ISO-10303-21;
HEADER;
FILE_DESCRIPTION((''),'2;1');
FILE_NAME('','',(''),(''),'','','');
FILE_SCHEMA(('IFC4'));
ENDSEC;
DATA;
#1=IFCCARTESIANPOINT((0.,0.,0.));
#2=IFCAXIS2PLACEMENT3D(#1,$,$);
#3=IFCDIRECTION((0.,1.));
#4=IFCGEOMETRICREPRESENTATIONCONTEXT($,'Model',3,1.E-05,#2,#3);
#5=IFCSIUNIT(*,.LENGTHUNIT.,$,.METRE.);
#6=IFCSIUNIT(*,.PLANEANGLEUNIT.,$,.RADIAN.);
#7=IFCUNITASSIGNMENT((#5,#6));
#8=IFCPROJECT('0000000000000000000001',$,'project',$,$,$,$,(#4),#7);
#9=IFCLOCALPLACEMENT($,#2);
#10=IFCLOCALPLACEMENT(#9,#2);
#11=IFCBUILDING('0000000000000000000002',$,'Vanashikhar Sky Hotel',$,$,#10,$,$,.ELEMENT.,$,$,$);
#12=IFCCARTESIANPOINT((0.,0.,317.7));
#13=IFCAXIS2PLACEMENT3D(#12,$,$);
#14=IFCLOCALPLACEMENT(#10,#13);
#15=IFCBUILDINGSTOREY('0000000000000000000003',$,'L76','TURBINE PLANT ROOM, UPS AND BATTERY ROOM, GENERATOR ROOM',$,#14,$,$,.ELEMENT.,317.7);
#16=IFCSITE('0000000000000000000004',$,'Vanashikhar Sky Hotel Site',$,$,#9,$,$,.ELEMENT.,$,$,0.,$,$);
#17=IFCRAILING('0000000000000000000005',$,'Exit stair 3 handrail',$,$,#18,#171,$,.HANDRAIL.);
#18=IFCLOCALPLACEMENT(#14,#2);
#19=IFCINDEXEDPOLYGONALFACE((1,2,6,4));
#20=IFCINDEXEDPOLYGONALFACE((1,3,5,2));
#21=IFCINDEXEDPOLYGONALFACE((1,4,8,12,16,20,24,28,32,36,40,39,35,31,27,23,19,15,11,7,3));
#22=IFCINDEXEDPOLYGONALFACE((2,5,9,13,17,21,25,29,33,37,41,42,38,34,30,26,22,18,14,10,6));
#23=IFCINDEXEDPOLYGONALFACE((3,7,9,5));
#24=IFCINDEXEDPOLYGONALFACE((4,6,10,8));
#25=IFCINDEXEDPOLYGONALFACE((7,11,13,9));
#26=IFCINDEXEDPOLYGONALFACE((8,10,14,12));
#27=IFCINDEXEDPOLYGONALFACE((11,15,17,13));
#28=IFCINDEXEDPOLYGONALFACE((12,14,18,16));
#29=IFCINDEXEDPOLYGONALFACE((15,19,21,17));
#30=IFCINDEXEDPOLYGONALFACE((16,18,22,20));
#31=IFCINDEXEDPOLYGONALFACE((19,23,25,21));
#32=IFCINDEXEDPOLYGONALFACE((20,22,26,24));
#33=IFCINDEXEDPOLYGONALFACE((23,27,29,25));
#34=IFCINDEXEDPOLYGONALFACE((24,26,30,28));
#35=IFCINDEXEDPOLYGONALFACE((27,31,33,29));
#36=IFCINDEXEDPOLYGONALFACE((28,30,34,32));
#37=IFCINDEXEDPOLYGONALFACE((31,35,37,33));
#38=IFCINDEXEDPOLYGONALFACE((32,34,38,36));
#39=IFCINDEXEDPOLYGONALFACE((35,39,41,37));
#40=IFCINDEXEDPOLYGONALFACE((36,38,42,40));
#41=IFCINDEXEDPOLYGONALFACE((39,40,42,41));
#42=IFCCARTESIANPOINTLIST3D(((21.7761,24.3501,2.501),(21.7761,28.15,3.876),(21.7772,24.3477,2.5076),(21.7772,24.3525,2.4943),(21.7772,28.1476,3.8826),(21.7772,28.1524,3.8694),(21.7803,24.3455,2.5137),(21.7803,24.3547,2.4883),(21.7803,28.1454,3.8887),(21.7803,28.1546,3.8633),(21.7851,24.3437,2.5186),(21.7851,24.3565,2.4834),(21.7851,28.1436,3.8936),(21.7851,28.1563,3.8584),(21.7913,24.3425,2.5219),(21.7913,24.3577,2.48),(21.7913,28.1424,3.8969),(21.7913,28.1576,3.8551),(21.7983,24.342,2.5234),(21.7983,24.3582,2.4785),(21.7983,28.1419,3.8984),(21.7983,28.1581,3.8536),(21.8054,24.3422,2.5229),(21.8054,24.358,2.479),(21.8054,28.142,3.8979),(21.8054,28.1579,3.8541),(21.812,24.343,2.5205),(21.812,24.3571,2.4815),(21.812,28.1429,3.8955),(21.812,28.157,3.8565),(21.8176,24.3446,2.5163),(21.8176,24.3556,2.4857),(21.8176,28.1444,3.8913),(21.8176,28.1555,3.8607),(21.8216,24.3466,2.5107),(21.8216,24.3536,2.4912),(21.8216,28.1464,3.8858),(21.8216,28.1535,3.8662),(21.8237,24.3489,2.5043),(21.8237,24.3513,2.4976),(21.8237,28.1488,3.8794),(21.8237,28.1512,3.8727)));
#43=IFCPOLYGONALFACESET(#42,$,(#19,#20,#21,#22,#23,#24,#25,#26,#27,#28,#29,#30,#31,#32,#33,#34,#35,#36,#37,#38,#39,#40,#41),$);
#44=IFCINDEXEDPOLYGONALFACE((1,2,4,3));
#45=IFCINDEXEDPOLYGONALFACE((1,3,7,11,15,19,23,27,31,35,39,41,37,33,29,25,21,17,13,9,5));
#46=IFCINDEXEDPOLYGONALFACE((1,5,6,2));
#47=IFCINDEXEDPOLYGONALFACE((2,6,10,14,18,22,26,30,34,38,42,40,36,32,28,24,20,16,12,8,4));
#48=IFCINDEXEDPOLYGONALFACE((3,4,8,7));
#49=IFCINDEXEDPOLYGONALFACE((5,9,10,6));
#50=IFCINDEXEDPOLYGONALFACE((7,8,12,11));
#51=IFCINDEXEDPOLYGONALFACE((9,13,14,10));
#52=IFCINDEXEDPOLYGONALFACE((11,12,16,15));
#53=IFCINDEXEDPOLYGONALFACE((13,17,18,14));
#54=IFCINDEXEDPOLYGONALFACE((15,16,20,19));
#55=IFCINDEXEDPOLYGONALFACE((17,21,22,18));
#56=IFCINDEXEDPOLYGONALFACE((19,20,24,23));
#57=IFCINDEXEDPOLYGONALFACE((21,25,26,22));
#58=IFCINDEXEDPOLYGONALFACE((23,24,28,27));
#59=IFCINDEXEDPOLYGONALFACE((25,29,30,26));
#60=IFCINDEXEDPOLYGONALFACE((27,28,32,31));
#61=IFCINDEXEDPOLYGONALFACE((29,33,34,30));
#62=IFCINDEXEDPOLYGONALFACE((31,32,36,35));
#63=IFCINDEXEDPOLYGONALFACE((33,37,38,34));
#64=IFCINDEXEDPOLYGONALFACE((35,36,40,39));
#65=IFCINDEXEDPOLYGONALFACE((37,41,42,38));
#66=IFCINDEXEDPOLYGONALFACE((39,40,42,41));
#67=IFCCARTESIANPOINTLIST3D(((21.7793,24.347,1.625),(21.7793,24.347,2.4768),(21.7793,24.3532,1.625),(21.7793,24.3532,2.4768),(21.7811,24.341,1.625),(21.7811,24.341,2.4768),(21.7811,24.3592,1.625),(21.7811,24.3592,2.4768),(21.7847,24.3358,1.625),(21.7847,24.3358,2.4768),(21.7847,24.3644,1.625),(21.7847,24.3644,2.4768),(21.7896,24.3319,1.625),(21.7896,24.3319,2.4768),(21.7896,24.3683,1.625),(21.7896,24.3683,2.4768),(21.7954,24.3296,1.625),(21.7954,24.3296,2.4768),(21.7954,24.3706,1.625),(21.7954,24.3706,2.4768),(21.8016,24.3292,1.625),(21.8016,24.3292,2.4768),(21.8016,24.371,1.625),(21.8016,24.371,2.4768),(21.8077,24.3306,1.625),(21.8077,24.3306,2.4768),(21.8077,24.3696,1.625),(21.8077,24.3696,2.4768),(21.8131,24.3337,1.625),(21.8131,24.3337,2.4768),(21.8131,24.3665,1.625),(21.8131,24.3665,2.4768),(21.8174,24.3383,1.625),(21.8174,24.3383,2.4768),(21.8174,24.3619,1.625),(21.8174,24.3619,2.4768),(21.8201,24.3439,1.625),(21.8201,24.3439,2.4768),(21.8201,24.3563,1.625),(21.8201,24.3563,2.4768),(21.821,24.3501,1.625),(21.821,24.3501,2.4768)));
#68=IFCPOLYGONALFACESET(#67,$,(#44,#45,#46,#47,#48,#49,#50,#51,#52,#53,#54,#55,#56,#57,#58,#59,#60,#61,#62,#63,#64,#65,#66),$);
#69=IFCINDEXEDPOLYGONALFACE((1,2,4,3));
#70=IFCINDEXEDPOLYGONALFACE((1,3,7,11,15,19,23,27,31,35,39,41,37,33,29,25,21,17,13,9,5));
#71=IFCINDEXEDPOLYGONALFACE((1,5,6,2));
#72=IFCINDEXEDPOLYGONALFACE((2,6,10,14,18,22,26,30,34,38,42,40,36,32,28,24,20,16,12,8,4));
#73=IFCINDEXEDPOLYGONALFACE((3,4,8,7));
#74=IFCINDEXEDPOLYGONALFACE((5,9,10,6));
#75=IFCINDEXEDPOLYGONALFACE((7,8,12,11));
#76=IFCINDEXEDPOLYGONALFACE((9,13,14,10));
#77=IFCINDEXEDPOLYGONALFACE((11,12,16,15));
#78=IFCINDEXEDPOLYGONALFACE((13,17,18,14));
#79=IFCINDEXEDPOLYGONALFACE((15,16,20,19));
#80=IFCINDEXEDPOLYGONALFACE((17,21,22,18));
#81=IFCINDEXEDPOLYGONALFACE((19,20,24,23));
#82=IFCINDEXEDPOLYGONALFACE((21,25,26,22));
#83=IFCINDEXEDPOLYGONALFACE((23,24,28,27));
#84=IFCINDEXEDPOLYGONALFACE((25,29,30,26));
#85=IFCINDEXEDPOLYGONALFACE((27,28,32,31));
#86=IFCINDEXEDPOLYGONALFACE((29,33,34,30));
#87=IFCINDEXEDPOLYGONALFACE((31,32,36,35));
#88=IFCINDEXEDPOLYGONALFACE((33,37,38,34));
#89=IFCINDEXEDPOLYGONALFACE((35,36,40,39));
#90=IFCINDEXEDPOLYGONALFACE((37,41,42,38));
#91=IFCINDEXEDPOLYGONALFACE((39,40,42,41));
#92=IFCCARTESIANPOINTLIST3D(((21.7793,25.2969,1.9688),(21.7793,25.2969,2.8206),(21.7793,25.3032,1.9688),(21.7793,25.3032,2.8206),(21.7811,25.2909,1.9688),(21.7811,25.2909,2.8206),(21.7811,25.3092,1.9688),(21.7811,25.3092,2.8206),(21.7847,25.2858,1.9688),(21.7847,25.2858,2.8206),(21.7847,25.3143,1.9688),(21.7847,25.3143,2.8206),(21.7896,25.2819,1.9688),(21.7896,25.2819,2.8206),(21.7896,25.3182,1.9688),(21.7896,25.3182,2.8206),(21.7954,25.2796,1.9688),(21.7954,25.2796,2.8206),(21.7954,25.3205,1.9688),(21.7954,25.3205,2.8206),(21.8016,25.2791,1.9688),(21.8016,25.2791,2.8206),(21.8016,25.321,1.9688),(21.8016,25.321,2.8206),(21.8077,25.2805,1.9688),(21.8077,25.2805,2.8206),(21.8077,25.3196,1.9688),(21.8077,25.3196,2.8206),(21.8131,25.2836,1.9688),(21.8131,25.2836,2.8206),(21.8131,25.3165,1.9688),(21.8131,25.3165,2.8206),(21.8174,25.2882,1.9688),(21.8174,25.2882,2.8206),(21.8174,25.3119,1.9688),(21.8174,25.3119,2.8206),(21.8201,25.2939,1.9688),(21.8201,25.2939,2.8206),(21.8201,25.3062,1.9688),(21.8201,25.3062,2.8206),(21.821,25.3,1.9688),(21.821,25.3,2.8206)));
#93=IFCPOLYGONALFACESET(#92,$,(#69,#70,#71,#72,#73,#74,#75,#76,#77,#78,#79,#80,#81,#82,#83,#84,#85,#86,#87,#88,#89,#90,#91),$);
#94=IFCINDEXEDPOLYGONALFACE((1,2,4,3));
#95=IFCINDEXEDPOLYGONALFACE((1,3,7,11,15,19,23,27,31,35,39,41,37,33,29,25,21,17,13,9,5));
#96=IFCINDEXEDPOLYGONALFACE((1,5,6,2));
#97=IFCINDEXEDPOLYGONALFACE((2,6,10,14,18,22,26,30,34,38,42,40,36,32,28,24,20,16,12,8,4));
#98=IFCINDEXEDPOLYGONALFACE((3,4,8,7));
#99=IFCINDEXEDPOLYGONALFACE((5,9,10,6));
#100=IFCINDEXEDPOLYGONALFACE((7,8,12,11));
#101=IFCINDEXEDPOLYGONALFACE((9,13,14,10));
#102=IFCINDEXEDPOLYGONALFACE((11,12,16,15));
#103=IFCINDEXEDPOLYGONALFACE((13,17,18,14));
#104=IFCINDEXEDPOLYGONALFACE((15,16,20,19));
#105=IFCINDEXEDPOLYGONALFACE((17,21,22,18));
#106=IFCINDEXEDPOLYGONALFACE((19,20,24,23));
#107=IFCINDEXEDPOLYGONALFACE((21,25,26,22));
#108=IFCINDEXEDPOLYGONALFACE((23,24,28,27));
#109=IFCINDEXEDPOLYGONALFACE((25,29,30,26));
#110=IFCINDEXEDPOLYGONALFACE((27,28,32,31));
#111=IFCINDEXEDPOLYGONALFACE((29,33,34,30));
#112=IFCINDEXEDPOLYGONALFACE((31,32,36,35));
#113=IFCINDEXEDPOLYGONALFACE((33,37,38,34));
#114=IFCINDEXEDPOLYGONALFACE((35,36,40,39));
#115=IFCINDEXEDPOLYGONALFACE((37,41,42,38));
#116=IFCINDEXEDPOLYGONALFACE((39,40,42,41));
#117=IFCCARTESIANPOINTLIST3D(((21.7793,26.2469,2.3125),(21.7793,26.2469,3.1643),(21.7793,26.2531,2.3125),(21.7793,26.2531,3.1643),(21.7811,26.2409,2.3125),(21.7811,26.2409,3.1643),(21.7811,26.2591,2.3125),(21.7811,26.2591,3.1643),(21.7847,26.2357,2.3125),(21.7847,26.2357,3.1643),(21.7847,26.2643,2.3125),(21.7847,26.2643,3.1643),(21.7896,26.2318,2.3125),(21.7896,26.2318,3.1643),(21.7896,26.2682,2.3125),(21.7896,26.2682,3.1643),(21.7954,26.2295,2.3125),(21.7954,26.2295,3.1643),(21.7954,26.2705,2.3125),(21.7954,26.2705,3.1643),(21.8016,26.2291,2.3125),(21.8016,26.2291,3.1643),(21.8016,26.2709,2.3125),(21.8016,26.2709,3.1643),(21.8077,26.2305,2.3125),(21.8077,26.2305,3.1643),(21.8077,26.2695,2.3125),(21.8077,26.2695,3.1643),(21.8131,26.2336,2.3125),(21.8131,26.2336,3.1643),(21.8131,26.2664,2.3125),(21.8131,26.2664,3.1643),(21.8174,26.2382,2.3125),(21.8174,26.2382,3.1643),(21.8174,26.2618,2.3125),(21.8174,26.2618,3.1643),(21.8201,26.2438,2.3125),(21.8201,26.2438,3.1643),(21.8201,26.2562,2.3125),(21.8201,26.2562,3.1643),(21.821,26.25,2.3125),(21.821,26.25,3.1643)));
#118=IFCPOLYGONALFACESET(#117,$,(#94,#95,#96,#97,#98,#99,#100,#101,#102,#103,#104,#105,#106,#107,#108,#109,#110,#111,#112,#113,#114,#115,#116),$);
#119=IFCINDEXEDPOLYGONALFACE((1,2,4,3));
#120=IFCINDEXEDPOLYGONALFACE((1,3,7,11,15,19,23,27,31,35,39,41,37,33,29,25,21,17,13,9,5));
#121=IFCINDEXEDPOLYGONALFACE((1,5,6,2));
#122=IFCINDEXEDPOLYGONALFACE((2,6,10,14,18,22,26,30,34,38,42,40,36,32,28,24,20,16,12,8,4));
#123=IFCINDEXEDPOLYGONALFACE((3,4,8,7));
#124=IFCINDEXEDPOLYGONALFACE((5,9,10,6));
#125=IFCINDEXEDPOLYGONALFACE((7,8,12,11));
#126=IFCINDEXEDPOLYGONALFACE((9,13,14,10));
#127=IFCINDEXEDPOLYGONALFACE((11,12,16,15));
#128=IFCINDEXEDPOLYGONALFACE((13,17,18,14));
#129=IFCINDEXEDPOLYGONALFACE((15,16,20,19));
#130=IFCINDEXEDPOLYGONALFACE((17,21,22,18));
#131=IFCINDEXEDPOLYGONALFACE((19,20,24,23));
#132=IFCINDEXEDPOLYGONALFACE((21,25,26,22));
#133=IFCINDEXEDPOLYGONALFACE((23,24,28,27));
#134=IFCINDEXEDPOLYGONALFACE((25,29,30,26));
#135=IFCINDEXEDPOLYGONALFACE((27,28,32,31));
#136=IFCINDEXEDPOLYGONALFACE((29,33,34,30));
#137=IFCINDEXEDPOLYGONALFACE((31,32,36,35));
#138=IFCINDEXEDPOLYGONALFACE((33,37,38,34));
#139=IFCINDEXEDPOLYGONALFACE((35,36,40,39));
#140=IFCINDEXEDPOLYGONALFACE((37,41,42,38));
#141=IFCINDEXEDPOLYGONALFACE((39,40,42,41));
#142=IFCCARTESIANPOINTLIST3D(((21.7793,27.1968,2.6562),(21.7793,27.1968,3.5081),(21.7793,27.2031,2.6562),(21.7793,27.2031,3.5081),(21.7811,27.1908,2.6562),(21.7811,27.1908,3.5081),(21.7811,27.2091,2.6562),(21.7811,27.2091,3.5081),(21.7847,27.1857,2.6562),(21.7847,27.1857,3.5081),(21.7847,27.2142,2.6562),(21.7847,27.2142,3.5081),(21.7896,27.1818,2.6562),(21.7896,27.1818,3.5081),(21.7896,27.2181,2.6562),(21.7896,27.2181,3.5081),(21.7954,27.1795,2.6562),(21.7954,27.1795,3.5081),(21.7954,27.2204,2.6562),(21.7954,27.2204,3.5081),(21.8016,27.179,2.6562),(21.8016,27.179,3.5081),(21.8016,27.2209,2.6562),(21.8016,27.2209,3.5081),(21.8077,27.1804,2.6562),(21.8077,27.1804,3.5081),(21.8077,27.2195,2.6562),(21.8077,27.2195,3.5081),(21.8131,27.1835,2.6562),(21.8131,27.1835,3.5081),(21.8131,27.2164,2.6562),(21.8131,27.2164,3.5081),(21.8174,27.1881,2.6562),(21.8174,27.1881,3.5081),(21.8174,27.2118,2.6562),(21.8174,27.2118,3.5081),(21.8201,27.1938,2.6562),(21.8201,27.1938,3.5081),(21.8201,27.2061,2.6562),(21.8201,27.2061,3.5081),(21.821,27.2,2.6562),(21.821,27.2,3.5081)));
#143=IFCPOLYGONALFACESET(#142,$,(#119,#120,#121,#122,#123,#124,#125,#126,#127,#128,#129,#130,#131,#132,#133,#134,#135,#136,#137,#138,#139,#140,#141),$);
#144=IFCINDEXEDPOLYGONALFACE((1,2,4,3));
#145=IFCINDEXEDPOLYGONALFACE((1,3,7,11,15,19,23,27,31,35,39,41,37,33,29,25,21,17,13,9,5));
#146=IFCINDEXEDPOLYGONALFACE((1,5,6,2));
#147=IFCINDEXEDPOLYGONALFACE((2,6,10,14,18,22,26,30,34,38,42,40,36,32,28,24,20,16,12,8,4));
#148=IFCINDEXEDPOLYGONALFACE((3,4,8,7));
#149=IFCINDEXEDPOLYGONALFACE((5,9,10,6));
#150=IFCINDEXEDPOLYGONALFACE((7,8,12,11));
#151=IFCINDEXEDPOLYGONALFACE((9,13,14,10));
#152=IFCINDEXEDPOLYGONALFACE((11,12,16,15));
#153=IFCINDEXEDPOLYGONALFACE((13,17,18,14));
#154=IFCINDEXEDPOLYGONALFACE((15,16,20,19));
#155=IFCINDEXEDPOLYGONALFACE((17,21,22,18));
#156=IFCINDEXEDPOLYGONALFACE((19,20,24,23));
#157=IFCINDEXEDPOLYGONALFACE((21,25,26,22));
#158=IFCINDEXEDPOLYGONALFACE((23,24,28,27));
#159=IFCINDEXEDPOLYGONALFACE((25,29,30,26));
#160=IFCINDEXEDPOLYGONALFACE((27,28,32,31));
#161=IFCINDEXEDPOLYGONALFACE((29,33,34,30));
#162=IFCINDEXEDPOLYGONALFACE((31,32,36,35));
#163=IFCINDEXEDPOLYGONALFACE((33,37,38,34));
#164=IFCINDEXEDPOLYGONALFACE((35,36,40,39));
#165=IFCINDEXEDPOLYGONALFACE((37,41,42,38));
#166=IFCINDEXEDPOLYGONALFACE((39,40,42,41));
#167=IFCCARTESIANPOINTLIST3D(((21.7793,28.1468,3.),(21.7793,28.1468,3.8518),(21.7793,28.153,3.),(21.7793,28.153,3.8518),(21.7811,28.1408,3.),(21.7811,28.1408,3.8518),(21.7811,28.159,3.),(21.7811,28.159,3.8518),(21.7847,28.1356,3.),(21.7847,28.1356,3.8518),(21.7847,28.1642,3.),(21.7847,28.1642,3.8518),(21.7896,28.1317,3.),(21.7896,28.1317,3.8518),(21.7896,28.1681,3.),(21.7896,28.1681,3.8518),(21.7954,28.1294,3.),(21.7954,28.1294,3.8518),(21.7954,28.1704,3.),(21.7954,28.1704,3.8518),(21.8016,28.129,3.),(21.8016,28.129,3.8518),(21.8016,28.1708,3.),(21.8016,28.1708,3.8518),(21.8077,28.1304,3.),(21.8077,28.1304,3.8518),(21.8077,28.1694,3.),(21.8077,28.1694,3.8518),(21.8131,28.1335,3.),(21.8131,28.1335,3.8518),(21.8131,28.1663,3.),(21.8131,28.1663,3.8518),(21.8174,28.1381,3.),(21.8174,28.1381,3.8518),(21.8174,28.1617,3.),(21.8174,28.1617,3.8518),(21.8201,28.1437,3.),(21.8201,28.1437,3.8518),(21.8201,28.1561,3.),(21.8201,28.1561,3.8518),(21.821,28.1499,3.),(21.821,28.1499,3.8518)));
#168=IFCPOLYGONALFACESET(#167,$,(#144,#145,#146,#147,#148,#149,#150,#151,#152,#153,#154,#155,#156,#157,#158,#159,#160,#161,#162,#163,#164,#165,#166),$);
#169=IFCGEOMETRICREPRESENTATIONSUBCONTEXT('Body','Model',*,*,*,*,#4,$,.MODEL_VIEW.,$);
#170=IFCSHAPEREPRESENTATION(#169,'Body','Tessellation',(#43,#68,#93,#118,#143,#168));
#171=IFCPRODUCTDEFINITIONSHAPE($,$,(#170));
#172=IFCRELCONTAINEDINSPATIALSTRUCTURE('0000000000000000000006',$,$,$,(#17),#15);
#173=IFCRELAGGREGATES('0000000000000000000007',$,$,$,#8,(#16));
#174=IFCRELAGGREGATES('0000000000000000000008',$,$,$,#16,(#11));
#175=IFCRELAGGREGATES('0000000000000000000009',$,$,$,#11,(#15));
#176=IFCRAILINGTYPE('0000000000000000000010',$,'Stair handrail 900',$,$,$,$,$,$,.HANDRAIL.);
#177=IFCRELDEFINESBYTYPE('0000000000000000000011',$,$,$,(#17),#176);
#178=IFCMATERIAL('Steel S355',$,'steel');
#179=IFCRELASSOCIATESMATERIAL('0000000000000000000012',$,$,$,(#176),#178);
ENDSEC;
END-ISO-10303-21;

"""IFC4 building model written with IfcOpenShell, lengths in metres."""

from ifc_helpers import new_model, si_unit, direction, frame, origin, origin_2d, place, context, subcontext, project, spatial, circle, extrude, source, transform, mapped, material, type_object, element, save


model = new_model("IFC4")

# Units and contexts
model_context = context("Model", 3, precision=1e-05, world=origin(), true_north=direction((0.0, 1.0)))
body_context = subcontext(model_context, "Body", "Model", "MODEL_VIEW")
ifc_project = project(units=[si_unit("LENGTHUNIT", "METRE"), si_unit("PLANEANGLEUNIT", "RADIAN")], contexts=[model_context])

# Site, building, storey
site_placement = place(None, origin())
site = spatial("IfcSite", under=ifc_project, at=site_placement, Name="Vanashikhar Sky Hotel Site", CompositionType="ELEMENT", RefElevation=0.0)
building_placement = place(site_placement, origin())
building = spatial("IfcBuilding", under=site, at=building_placement, Name="Vanashikhar Sky Hotel", CompositionType="ELEMENT")
storey_placement = place(building_placement, frame((0.0, 0.0, 317.7)))
storey = spatial("IfcBuildingStorey", under=building, at=storey_placement, Name="L76", Description="TURBINE PLANT ROOM, UPS AND BATTERY ROOM, GENERATOR ROOM", CompositionType="ELEMENT", Elevation=317.7)

# Railing
ifc_material_1 = material(Name="Steel S355", Category="steel")
railing_type_1 = type_object("IfcRailingType", Name="Stair handrail 900", PredefinedType="HANDRAIL", material=ifc_material_1)
shared_shape_1 = source(origin(), body_context, "Body", "SweptSolid", [
    extrude(circle(Radius=0.0239, at=origin_2d()), frame((0.0, 0.0, 0.876), z_axis=(0.0, 0.940329, 0.340268), x_axis=(-1.0, 0.0, 0.0)), (0.0, 0.0, 1.0), 4.041),
    extrude(circle(Radius=0.021, at=origin_2d()), origin(), (0.0, 0.0, 1.0), 0.8518),
    extrude(circle(Radius=0.021, at=origin_2d()), frame((0.0, 0.95, 0.3438)), (0.0, 0.0, 1.0), 0.8518),
    extrude(circle(Radius=0.021, at=origin_2d()), frame((0.0, 1.8999, 0.6875)), (0.0, 0.0, 1.0), 0.8518),
    extrude(circle(Radius=0.021, at=origin_2d()), frame((0.0, 2.8499, 1.0312)), (0.0, 0.0, 1.0), 0.8518),
    extrude(circle(Radius=0.021, at=origin_2d()), frame((0.0, 3.7998, 1.375)), (0.0, 0.0, 1.0), 0.8518),
])
for number, where, name in (
    (1, (21.8, 24.3501, 1.625), "Exit stair 3 handrail"),
):
    element("IfcRailing", number, at=place(storey_placement, frame(where)), inside=storey, type_object=railing_type_1, Name=name, PredefinedType="HANDRAIL", context=body_context, shape_type="MappedRepresentation", body=[
        mapped(shared_shape_1, transform((0.0, 0.0, 0.0), scale=1.0)),
    ])

save(model, "model.ifc")
